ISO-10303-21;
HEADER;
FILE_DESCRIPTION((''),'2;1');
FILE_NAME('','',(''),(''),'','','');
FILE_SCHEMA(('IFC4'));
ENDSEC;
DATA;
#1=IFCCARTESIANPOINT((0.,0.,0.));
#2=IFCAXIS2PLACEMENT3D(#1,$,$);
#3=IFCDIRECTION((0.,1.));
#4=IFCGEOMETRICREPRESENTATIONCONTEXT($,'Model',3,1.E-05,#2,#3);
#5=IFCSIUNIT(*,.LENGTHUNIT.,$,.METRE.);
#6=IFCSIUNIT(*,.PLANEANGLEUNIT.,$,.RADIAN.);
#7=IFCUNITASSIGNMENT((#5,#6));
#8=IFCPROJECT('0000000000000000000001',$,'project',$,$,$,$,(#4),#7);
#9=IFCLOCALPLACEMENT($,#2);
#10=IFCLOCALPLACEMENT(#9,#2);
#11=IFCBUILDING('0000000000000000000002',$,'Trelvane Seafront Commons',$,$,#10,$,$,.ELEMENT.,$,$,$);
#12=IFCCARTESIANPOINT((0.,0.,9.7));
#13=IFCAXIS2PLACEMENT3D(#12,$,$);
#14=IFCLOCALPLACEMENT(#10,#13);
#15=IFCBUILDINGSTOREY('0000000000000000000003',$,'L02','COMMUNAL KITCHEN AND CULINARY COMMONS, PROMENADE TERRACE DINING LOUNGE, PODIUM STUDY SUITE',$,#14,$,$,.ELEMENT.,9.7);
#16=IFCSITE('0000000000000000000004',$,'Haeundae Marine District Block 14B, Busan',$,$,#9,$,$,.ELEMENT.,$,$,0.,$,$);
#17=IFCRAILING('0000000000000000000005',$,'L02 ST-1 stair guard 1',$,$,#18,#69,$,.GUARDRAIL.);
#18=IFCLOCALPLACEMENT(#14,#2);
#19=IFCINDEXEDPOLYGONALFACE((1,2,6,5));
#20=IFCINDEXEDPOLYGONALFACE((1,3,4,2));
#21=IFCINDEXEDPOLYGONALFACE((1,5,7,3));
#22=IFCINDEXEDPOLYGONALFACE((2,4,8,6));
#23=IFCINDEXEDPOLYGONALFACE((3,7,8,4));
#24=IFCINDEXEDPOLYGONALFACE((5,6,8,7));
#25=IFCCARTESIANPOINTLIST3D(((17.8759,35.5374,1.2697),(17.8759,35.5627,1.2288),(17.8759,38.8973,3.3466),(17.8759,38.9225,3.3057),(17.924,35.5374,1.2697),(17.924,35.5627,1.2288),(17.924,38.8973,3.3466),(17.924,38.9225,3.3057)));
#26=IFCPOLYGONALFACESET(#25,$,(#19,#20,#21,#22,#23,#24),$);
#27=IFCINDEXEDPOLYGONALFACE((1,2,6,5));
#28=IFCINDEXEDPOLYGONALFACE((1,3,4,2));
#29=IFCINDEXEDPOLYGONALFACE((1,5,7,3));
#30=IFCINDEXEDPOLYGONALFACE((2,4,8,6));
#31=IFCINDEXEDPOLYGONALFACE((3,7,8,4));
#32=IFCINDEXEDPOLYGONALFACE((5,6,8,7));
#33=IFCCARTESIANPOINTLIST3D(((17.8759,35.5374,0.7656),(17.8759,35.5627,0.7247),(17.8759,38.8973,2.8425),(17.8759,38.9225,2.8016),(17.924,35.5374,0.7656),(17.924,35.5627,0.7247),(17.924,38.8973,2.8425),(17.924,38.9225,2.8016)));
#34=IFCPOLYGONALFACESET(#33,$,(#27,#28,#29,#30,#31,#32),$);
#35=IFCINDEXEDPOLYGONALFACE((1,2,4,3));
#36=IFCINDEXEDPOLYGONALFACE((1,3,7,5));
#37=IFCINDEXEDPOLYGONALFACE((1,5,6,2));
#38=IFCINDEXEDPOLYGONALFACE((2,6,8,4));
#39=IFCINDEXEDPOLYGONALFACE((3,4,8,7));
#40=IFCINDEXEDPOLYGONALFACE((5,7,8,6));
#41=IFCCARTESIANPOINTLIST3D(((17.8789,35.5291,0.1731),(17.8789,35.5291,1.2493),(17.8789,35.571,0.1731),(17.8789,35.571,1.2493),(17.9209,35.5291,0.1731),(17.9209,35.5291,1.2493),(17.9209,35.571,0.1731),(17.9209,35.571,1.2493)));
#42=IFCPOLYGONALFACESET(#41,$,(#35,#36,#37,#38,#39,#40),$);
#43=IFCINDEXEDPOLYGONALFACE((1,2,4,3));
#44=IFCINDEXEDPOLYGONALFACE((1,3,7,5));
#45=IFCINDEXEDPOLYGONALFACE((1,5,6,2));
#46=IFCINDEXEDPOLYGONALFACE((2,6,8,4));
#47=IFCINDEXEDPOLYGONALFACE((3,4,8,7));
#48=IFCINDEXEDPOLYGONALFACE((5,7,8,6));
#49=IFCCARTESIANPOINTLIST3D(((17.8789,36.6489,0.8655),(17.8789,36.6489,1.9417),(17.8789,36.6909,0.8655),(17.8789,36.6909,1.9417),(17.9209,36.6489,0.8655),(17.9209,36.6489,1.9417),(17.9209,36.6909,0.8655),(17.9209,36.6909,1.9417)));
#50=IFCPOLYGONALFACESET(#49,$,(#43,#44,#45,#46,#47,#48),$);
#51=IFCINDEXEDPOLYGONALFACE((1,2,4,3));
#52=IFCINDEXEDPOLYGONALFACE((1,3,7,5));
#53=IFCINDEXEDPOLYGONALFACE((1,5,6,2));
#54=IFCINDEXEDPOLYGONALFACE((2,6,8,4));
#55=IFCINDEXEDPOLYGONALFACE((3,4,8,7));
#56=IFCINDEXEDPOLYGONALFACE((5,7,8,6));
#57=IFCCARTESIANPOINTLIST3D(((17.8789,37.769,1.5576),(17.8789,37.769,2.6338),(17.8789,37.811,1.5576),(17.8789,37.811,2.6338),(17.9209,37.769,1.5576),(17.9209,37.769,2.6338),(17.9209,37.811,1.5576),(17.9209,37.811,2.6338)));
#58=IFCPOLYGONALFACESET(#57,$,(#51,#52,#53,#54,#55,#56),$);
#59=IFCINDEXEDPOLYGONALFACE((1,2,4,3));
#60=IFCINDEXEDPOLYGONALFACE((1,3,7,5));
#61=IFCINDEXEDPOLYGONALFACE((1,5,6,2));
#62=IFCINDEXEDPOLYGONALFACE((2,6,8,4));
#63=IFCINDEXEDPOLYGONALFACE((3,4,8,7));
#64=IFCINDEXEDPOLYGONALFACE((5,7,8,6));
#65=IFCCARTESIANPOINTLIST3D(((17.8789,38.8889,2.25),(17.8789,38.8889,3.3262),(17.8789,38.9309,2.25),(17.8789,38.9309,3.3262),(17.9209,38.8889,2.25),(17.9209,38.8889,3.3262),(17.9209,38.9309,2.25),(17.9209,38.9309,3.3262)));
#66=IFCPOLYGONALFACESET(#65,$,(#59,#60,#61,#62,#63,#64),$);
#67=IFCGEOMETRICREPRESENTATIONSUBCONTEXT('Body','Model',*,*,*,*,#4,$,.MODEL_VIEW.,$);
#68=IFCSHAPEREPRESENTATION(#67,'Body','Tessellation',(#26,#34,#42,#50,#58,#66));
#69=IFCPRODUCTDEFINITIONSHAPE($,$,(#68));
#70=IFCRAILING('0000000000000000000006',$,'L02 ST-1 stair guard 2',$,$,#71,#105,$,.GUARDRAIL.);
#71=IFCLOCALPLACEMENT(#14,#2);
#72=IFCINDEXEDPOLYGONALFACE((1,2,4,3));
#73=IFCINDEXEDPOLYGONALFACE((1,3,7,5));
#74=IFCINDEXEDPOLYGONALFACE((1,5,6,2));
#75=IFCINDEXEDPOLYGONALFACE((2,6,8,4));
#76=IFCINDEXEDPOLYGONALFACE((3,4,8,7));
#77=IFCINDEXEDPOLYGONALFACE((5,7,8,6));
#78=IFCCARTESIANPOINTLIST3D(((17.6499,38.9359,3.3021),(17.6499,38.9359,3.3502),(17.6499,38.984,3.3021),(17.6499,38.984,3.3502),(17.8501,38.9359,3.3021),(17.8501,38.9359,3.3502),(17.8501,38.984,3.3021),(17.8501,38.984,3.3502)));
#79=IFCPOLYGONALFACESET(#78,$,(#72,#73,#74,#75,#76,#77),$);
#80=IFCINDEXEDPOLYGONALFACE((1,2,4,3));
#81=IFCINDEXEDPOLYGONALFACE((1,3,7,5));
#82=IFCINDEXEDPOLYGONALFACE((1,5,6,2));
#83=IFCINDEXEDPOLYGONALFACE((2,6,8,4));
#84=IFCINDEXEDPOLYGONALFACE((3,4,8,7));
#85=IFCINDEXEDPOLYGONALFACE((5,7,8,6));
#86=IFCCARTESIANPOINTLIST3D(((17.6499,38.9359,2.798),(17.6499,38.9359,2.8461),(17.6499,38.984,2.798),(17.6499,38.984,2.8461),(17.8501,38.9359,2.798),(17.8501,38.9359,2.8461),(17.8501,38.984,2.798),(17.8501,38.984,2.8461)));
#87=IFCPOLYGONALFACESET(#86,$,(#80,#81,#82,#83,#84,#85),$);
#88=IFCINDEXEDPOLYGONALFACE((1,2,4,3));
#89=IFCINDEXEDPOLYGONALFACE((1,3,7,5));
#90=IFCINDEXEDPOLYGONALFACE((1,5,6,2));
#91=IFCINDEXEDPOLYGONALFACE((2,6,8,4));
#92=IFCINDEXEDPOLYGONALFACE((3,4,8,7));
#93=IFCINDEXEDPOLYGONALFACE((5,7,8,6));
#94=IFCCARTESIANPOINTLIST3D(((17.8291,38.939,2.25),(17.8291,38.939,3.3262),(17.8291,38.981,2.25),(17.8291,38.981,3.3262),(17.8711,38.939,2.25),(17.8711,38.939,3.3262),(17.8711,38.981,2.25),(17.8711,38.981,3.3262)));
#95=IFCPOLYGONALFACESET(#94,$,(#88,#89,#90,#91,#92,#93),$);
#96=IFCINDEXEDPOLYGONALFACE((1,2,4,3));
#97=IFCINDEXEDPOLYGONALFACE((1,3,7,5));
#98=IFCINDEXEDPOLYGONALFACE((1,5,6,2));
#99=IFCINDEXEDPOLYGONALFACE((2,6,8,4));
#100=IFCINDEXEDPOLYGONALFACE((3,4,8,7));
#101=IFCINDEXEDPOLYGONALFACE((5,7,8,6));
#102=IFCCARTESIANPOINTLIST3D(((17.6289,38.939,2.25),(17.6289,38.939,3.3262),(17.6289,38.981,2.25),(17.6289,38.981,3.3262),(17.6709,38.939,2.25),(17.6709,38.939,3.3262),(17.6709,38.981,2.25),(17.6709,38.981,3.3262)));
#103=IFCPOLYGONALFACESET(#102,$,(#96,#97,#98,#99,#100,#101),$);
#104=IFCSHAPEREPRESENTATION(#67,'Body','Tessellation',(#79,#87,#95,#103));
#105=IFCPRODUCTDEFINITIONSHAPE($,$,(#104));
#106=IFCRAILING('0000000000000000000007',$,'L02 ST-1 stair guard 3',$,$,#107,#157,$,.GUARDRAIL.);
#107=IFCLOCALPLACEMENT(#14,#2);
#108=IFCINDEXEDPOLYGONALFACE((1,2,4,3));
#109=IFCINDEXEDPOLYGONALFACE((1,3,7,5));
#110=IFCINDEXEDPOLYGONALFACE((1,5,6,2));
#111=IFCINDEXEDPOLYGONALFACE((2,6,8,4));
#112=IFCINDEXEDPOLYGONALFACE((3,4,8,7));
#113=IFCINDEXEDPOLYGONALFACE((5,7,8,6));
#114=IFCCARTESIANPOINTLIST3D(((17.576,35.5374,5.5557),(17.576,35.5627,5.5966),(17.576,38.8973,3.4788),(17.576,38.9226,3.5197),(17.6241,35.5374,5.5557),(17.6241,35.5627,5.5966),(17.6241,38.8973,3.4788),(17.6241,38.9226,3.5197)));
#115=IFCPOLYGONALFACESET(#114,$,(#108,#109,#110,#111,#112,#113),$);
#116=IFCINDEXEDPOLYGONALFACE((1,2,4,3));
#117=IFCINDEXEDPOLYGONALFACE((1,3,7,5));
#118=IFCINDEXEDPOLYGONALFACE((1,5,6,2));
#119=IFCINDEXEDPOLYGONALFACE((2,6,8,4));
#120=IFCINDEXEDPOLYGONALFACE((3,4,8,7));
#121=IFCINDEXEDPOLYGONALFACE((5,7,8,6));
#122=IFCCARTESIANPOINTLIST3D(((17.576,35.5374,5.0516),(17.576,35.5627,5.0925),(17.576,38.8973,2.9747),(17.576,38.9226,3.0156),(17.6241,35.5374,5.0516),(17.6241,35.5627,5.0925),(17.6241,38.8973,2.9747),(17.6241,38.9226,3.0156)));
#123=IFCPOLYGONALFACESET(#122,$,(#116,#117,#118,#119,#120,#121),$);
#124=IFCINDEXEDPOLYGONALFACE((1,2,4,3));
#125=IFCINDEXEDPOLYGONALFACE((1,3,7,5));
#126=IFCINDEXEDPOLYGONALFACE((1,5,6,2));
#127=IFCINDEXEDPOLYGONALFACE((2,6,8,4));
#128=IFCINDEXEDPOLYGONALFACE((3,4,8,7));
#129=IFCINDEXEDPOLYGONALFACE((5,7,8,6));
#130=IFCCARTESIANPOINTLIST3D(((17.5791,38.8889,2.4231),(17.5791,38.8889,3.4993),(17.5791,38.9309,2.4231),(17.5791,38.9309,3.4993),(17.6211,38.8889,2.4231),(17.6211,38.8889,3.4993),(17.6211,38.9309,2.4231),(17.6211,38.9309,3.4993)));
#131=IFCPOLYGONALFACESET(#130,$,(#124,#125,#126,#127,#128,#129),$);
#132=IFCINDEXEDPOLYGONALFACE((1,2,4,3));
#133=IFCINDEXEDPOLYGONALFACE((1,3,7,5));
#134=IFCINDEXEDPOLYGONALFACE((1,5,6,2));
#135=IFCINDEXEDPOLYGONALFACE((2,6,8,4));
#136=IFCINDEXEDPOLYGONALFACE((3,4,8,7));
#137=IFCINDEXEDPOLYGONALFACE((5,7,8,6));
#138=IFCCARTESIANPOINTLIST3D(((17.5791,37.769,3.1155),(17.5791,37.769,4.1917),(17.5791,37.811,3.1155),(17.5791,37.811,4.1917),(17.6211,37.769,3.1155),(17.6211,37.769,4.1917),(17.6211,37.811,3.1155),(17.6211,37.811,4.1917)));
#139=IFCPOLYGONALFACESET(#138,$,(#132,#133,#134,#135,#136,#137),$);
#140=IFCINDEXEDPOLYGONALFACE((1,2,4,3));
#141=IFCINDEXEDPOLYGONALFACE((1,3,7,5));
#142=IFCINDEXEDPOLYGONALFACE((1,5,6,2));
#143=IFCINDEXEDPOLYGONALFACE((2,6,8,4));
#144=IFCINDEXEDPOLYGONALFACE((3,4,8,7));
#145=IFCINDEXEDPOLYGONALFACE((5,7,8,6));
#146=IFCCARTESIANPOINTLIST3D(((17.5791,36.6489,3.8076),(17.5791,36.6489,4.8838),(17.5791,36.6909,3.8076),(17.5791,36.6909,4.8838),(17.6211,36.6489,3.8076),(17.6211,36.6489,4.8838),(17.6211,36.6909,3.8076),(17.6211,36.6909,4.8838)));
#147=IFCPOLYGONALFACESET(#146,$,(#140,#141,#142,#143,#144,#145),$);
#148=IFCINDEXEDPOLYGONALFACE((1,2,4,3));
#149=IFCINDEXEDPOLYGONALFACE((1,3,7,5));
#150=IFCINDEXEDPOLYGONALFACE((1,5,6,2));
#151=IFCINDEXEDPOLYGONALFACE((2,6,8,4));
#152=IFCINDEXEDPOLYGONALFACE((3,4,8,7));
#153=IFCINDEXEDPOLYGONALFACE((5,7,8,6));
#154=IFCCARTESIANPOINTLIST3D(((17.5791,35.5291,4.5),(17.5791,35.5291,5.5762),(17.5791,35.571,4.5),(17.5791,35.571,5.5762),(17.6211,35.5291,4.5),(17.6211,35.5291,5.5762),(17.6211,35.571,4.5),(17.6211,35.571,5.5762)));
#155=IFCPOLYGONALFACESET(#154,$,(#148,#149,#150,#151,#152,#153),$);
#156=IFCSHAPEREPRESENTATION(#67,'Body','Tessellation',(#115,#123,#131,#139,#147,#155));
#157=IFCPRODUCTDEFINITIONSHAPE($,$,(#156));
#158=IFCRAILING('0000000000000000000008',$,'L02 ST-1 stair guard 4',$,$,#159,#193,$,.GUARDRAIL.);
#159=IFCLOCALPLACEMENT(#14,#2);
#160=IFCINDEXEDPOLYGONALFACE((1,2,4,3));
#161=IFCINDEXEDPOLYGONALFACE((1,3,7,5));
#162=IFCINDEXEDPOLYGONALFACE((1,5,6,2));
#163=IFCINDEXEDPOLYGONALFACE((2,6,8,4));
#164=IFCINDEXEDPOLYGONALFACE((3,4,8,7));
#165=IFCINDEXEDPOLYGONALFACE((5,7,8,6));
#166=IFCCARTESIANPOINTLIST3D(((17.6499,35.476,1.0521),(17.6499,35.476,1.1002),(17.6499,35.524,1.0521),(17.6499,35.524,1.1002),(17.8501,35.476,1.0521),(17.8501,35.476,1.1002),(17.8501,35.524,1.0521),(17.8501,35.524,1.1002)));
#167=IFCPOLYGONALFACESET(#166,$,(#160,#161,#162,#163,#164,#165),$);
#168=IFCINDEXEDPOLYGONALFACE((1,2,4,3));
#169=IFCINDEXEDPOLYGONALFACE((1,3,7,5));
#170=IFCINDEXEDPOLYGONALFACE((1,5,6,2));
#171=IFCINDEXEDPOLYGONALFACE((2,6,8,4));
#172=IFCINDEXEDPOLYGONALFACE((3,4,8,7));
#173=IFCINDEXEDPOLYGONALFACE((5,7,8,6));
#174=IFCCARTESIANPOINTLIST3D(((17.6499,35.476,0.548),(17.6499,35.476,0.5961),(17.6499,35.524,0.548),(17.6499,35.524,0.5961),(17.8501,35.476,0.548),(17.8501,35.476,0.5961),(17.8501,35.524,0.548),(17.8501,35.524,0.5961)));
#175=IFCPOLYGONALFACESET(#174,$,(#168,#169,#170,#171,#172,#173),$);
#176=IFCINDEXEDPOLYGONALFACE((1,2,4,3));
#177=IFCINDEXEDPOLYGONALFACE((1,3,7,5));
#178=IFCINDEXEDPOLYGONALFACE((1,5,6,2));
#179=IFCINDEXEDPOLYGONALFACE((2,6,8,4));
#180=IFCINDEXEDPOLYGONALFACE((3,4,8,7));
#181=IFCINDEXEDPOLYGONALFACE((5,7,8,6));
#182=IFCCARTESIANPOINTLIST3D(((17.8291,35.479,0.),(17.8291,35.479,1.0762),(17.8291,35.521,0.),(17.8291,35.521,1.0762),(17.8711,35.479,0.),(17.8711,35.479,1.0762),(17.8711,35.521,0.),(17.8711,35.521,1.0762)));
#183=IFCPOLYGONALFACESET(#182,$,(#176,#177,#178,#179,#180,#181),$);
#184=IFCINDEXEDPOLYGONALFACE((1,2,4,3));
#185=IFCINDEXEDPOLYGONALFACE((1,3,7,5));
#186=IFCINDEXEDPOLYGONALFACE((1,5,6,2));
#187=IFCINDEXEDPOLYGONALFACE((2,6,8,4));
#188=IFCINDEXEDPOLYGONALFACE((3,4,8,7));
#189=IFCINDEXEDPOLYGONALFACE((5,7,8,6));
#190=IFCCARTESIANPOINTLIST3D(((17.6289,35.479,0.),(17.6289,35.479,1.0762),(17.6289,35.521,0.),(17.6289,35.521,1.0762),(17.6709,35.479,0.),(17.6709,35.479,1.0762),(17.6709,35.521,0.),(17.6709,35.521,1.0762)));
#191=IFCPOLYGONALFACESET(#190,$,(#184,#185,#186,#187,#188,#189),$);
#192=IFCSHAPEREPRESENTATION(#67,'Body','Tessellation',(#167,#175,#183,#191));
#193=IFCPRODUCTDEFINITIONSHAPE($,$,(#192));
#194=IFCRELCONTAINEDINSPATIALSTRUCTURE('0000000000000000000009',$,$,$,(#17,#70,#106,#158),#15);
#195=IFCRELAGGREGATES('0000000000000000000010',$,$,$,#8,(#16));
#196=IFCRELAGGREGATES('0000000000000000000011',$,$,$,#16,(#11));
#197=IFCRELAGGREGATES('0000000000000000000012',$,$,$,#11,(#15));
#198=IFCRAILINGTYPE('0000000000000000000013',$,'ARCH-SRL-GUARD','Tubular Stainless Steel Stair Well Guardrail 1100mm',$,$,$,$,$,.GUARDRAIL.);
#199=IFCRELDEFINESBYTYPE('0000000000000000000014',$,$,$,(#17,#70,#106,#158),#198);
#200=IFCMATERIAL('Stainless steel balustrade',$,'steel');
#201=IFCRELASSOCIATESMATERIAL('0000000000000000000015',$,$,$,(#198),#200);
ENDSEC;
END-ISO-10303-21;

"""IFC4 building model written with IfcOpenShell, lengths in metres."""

from ifc_helpers import new_model, si_unit, direction, frame, origin, origin_2d, place, context, subcontext, project, spatial, rectangle, extrude, material, type_object, element, save


model = new_model("IFC4")

# Units and contexts
model_context = context("Model", 3, precision=1e-05, world=origin(), true_north=direction((0.0, 1.0)))
body_context = subcontext(model_context, "Body", "Model", "MODEL_VIEW")
ifc_project = project(units=[si_unit("LENGTHUNIT", "METRE"), si_unit("PLANEANGLEUNIT", "RADIAN")], contexts=[model_context])

# Site, building, storey
site_placement = place(None, origin())
site = spatial("IfcSite", under=ifc_project, at=site_placement, Name="Haeundae Marine District Block 14B, Busan", CompositionType="ELEMENT", RefElevation=0.0)
building_placement = place(site_placement, origin())
building = spatial("IfcBuilding", under=site, at=building_placement, Name="Trelvane Seafront Commons", CompositionType="ELEMENT")
storey_placement = place(building_placement, frame((0.0, 0.0, 9.7)))
storey = spatial("IfcBuildingStorey", under=building, at=storey_placement, Name="L02", Description="COMMUNAL KITCHEN AND CULINARY COMMONS, PROMENADE TERRACE DINING LOUNGE, PODIUM STUDY SUITE", CompositionType="ELEMENT", Elevation=9.7)

# Railings
ifc_material_1 = material(Name="Stainless steel balustrade", Category="steel")
railing_type_1 = type_object("IfcRailingType", Name="ARCH-SRL-GUARD", Description="Tubular Stainless Steel Stair Well Guardrail 1100mm", PredefinedType="GUARDRAIL", material=ifc_material_1)
railing_1_placement = place(storey_placement, frame((17.8999, 35.55, 0.1731)))
element("IfcRailing", 1, at=railing_1_placement, inside=storey, type_object=railing_type_1, Name="L02 ST-1 stair guard 1", PredefinedType="GUARDRAIL", context=body_context, shape_type="SweptSolid", body=[
    extrude(rectangle(XDim=0.0481, YDim=0.0481, at=origin_2d()), frame((0.0, 0.0, 1.0762), z_axis=(0.0, 0.850606, 0.525803), x_axis=(-1.0, 0.0, 0.0)), (0.0, 0.0, 1.0), 3.95),
    extrude(rectangle(XDim=0.0481, YDim=0.0481, at=origin_2d()), frame((0.0, 0.0, 0.572), z_axis=(0.0, 0.850606, 0.525803), x_axis=(-1.0, 0.0, 0.0)), (0.0, 0.0, 1.0), 3.95),
    extrude(rectangle(XDim=0.042, YDim=0.042, at=origin_2d()), origin(), (0.0, 0.0, 1.0), 1.0762),
    extrude(rectangle(XDim=0.042, YDim=0.042, at=origin_2d()), frame((0.0, 1.1199, 0.6924)), (0.0, 0.0, 1.0), 1.0762),
    extrude(rectangle(XDim=0.042, YDim=0.042, at=origin_2d()), frame((0.0, 2.24, 1.3845)), (0.0, 0.0, 1.0), 1.0762),
    extrude(rectangle(XDim=0.042, YDim=0.042, at=origin_2d()), frame((0.0, 3.3599, 2.0769)), (0.0, 0.0, 1.0), 1.0762),
])
railing_2_placement = place(storey_placement, frame((17.8501, 38.96, 2.25)))
element("IfcRailing", 2, at=railing_2_placement, inside=storey, type_object=railing_type_1, Name="L02 ST-1 stair guard 2", PredefinedType="GUARDRAIL", context=body_context, shape_type="SweptSolid", body=[
    extrude(rectangle(XDim=0.0481, YDim=0.0481, at=origin_2d()), frame((0.0, 0.0, 1.0762), z_axis=(-1.0, 0.0, 0.0), x_axis=(0.0, -1.0, 0.0)), (0.0, 0.0, 1.0), 0.2002),
    extrude(rectangle(XDim=0.0481, YDim=0.0481, at=origin_2d()), frame((0.0, 0.0, 0.572), z_axis=(-1.0, 0.0, 0.0), x_axis=(0.0, -1.0, 0.0)), (0.0, 0.0, 1.0), 0.2002),
    extrude(rectangle(XDim=0.042, YDim=0.042, at=origin_2d()), origin(), (0.0, 0.0, 1.0), 1.0762),
    extrude(rectangle(XDim=0.042, YDim=0.042, at=origin_2d()), frame((-0.2002, 0.0, 0.0)), (0.0, 0.0, 1.0), 1.0762),
])
railing_3_placement = place(storey_placement, frame((17.6001, 38.9099, 2.4231)))
element("IfcRailing", 3, at=railing_3_placement, inside=storey, type_object=railing_type_1, Name="L02 ST-1 stair guard 3", PredefinedType="GUARDRAIL", context=body_context, shape_type="SweptSolid", body=[
    extrude(rectangle(XDim=0.0481, YDim=0.0481, at=origin_2d()), frame((0.0, 0.0, 1.0762), z_axis=(0.0, -0.850606, 0.525803), x_axis=(1.0, 0.0, 0.0)), (0.0, 0.0, 1.0), 3.95),
    extrude(rectangle(XDim=0.0481, YDim=0.0481, at=origin_2d()), frame((0.0, 0.0, 0.572), z_axis=(0.0, -0.850606, 0.525803), x_axis=(1.0, 0.0, 0.0)), (0.0, 0.0, 1.0), 3.95),
    extrude(rectangle(XDim=0.042, YDim=0.042, at=origin_2d()), origin(), (0.0, 0.0, 1.0), 1.0762),
    extrude(rectangle(XDim=0.042, YDim=0.042, at=origin_2d()), frame((0.0, -1.1199, 0.6924)), (0.0, 0.0, 1.0), 1.0762),
    extrude(rectangle(XDim=0.042, YDim=0.042, at=origin_2d()), frame((0.0, -2.24, 1.3845)), (0.0, 0.0, 1.0), 1.0762),
    extrude(rectangle(XDim=0.042, YDim=0.042, at=origin_2d()), frame((0.0, -3.3599, 2.0769)), (0.0, 0.0, 1.0), 1.0762),
])
railing_4_placement = place(storey_placement, frame((17.8501, 35.5, 0.0)))
element("IfcRailing", 4, at=railing_4_placement, inside=storey, type_object=railing_type_1, Name="L02 ST-1 stair guard 4", PredefinedType="GUARDRAIL", context=body_context, shape_type="SweptSolid", body=[
    extrude(rectangle(XDim=0.0481, YDim=0.0481, at=origin_2d()), frame((0.0, 0.0, 1.0762), z_axis=(-1.0, 0.0, 0.0), x_axis=(0.0, -1.0, 0.0)), (0.0, 0.0, 1.0), 0.2002),
    extrude(rectangle(XDim=0.0481, YDim=0.0481, at=origin_2d()), frame((0.0, 0.0, 0.572), z_axis=(-1.0, 0.0, 0.0), x_axis=(0.0, -1.0, 0.0)), (0.0, 0.0, 1.0), 0.2002),
    extrude(rectangle(XDim=0.042, YDim=0.042, at=origin_2d()), origin(), (0.0, 0.0, 1.0), 1.0762),
    extrude(rectangle(XDim=0.042, YDim=0.042, at=origin_2d()), frame((-0.2002, 0.0, 0.0)), (0.0, 0.0, 1.0), 1.0762),
])

save(model, "model.ifc")
